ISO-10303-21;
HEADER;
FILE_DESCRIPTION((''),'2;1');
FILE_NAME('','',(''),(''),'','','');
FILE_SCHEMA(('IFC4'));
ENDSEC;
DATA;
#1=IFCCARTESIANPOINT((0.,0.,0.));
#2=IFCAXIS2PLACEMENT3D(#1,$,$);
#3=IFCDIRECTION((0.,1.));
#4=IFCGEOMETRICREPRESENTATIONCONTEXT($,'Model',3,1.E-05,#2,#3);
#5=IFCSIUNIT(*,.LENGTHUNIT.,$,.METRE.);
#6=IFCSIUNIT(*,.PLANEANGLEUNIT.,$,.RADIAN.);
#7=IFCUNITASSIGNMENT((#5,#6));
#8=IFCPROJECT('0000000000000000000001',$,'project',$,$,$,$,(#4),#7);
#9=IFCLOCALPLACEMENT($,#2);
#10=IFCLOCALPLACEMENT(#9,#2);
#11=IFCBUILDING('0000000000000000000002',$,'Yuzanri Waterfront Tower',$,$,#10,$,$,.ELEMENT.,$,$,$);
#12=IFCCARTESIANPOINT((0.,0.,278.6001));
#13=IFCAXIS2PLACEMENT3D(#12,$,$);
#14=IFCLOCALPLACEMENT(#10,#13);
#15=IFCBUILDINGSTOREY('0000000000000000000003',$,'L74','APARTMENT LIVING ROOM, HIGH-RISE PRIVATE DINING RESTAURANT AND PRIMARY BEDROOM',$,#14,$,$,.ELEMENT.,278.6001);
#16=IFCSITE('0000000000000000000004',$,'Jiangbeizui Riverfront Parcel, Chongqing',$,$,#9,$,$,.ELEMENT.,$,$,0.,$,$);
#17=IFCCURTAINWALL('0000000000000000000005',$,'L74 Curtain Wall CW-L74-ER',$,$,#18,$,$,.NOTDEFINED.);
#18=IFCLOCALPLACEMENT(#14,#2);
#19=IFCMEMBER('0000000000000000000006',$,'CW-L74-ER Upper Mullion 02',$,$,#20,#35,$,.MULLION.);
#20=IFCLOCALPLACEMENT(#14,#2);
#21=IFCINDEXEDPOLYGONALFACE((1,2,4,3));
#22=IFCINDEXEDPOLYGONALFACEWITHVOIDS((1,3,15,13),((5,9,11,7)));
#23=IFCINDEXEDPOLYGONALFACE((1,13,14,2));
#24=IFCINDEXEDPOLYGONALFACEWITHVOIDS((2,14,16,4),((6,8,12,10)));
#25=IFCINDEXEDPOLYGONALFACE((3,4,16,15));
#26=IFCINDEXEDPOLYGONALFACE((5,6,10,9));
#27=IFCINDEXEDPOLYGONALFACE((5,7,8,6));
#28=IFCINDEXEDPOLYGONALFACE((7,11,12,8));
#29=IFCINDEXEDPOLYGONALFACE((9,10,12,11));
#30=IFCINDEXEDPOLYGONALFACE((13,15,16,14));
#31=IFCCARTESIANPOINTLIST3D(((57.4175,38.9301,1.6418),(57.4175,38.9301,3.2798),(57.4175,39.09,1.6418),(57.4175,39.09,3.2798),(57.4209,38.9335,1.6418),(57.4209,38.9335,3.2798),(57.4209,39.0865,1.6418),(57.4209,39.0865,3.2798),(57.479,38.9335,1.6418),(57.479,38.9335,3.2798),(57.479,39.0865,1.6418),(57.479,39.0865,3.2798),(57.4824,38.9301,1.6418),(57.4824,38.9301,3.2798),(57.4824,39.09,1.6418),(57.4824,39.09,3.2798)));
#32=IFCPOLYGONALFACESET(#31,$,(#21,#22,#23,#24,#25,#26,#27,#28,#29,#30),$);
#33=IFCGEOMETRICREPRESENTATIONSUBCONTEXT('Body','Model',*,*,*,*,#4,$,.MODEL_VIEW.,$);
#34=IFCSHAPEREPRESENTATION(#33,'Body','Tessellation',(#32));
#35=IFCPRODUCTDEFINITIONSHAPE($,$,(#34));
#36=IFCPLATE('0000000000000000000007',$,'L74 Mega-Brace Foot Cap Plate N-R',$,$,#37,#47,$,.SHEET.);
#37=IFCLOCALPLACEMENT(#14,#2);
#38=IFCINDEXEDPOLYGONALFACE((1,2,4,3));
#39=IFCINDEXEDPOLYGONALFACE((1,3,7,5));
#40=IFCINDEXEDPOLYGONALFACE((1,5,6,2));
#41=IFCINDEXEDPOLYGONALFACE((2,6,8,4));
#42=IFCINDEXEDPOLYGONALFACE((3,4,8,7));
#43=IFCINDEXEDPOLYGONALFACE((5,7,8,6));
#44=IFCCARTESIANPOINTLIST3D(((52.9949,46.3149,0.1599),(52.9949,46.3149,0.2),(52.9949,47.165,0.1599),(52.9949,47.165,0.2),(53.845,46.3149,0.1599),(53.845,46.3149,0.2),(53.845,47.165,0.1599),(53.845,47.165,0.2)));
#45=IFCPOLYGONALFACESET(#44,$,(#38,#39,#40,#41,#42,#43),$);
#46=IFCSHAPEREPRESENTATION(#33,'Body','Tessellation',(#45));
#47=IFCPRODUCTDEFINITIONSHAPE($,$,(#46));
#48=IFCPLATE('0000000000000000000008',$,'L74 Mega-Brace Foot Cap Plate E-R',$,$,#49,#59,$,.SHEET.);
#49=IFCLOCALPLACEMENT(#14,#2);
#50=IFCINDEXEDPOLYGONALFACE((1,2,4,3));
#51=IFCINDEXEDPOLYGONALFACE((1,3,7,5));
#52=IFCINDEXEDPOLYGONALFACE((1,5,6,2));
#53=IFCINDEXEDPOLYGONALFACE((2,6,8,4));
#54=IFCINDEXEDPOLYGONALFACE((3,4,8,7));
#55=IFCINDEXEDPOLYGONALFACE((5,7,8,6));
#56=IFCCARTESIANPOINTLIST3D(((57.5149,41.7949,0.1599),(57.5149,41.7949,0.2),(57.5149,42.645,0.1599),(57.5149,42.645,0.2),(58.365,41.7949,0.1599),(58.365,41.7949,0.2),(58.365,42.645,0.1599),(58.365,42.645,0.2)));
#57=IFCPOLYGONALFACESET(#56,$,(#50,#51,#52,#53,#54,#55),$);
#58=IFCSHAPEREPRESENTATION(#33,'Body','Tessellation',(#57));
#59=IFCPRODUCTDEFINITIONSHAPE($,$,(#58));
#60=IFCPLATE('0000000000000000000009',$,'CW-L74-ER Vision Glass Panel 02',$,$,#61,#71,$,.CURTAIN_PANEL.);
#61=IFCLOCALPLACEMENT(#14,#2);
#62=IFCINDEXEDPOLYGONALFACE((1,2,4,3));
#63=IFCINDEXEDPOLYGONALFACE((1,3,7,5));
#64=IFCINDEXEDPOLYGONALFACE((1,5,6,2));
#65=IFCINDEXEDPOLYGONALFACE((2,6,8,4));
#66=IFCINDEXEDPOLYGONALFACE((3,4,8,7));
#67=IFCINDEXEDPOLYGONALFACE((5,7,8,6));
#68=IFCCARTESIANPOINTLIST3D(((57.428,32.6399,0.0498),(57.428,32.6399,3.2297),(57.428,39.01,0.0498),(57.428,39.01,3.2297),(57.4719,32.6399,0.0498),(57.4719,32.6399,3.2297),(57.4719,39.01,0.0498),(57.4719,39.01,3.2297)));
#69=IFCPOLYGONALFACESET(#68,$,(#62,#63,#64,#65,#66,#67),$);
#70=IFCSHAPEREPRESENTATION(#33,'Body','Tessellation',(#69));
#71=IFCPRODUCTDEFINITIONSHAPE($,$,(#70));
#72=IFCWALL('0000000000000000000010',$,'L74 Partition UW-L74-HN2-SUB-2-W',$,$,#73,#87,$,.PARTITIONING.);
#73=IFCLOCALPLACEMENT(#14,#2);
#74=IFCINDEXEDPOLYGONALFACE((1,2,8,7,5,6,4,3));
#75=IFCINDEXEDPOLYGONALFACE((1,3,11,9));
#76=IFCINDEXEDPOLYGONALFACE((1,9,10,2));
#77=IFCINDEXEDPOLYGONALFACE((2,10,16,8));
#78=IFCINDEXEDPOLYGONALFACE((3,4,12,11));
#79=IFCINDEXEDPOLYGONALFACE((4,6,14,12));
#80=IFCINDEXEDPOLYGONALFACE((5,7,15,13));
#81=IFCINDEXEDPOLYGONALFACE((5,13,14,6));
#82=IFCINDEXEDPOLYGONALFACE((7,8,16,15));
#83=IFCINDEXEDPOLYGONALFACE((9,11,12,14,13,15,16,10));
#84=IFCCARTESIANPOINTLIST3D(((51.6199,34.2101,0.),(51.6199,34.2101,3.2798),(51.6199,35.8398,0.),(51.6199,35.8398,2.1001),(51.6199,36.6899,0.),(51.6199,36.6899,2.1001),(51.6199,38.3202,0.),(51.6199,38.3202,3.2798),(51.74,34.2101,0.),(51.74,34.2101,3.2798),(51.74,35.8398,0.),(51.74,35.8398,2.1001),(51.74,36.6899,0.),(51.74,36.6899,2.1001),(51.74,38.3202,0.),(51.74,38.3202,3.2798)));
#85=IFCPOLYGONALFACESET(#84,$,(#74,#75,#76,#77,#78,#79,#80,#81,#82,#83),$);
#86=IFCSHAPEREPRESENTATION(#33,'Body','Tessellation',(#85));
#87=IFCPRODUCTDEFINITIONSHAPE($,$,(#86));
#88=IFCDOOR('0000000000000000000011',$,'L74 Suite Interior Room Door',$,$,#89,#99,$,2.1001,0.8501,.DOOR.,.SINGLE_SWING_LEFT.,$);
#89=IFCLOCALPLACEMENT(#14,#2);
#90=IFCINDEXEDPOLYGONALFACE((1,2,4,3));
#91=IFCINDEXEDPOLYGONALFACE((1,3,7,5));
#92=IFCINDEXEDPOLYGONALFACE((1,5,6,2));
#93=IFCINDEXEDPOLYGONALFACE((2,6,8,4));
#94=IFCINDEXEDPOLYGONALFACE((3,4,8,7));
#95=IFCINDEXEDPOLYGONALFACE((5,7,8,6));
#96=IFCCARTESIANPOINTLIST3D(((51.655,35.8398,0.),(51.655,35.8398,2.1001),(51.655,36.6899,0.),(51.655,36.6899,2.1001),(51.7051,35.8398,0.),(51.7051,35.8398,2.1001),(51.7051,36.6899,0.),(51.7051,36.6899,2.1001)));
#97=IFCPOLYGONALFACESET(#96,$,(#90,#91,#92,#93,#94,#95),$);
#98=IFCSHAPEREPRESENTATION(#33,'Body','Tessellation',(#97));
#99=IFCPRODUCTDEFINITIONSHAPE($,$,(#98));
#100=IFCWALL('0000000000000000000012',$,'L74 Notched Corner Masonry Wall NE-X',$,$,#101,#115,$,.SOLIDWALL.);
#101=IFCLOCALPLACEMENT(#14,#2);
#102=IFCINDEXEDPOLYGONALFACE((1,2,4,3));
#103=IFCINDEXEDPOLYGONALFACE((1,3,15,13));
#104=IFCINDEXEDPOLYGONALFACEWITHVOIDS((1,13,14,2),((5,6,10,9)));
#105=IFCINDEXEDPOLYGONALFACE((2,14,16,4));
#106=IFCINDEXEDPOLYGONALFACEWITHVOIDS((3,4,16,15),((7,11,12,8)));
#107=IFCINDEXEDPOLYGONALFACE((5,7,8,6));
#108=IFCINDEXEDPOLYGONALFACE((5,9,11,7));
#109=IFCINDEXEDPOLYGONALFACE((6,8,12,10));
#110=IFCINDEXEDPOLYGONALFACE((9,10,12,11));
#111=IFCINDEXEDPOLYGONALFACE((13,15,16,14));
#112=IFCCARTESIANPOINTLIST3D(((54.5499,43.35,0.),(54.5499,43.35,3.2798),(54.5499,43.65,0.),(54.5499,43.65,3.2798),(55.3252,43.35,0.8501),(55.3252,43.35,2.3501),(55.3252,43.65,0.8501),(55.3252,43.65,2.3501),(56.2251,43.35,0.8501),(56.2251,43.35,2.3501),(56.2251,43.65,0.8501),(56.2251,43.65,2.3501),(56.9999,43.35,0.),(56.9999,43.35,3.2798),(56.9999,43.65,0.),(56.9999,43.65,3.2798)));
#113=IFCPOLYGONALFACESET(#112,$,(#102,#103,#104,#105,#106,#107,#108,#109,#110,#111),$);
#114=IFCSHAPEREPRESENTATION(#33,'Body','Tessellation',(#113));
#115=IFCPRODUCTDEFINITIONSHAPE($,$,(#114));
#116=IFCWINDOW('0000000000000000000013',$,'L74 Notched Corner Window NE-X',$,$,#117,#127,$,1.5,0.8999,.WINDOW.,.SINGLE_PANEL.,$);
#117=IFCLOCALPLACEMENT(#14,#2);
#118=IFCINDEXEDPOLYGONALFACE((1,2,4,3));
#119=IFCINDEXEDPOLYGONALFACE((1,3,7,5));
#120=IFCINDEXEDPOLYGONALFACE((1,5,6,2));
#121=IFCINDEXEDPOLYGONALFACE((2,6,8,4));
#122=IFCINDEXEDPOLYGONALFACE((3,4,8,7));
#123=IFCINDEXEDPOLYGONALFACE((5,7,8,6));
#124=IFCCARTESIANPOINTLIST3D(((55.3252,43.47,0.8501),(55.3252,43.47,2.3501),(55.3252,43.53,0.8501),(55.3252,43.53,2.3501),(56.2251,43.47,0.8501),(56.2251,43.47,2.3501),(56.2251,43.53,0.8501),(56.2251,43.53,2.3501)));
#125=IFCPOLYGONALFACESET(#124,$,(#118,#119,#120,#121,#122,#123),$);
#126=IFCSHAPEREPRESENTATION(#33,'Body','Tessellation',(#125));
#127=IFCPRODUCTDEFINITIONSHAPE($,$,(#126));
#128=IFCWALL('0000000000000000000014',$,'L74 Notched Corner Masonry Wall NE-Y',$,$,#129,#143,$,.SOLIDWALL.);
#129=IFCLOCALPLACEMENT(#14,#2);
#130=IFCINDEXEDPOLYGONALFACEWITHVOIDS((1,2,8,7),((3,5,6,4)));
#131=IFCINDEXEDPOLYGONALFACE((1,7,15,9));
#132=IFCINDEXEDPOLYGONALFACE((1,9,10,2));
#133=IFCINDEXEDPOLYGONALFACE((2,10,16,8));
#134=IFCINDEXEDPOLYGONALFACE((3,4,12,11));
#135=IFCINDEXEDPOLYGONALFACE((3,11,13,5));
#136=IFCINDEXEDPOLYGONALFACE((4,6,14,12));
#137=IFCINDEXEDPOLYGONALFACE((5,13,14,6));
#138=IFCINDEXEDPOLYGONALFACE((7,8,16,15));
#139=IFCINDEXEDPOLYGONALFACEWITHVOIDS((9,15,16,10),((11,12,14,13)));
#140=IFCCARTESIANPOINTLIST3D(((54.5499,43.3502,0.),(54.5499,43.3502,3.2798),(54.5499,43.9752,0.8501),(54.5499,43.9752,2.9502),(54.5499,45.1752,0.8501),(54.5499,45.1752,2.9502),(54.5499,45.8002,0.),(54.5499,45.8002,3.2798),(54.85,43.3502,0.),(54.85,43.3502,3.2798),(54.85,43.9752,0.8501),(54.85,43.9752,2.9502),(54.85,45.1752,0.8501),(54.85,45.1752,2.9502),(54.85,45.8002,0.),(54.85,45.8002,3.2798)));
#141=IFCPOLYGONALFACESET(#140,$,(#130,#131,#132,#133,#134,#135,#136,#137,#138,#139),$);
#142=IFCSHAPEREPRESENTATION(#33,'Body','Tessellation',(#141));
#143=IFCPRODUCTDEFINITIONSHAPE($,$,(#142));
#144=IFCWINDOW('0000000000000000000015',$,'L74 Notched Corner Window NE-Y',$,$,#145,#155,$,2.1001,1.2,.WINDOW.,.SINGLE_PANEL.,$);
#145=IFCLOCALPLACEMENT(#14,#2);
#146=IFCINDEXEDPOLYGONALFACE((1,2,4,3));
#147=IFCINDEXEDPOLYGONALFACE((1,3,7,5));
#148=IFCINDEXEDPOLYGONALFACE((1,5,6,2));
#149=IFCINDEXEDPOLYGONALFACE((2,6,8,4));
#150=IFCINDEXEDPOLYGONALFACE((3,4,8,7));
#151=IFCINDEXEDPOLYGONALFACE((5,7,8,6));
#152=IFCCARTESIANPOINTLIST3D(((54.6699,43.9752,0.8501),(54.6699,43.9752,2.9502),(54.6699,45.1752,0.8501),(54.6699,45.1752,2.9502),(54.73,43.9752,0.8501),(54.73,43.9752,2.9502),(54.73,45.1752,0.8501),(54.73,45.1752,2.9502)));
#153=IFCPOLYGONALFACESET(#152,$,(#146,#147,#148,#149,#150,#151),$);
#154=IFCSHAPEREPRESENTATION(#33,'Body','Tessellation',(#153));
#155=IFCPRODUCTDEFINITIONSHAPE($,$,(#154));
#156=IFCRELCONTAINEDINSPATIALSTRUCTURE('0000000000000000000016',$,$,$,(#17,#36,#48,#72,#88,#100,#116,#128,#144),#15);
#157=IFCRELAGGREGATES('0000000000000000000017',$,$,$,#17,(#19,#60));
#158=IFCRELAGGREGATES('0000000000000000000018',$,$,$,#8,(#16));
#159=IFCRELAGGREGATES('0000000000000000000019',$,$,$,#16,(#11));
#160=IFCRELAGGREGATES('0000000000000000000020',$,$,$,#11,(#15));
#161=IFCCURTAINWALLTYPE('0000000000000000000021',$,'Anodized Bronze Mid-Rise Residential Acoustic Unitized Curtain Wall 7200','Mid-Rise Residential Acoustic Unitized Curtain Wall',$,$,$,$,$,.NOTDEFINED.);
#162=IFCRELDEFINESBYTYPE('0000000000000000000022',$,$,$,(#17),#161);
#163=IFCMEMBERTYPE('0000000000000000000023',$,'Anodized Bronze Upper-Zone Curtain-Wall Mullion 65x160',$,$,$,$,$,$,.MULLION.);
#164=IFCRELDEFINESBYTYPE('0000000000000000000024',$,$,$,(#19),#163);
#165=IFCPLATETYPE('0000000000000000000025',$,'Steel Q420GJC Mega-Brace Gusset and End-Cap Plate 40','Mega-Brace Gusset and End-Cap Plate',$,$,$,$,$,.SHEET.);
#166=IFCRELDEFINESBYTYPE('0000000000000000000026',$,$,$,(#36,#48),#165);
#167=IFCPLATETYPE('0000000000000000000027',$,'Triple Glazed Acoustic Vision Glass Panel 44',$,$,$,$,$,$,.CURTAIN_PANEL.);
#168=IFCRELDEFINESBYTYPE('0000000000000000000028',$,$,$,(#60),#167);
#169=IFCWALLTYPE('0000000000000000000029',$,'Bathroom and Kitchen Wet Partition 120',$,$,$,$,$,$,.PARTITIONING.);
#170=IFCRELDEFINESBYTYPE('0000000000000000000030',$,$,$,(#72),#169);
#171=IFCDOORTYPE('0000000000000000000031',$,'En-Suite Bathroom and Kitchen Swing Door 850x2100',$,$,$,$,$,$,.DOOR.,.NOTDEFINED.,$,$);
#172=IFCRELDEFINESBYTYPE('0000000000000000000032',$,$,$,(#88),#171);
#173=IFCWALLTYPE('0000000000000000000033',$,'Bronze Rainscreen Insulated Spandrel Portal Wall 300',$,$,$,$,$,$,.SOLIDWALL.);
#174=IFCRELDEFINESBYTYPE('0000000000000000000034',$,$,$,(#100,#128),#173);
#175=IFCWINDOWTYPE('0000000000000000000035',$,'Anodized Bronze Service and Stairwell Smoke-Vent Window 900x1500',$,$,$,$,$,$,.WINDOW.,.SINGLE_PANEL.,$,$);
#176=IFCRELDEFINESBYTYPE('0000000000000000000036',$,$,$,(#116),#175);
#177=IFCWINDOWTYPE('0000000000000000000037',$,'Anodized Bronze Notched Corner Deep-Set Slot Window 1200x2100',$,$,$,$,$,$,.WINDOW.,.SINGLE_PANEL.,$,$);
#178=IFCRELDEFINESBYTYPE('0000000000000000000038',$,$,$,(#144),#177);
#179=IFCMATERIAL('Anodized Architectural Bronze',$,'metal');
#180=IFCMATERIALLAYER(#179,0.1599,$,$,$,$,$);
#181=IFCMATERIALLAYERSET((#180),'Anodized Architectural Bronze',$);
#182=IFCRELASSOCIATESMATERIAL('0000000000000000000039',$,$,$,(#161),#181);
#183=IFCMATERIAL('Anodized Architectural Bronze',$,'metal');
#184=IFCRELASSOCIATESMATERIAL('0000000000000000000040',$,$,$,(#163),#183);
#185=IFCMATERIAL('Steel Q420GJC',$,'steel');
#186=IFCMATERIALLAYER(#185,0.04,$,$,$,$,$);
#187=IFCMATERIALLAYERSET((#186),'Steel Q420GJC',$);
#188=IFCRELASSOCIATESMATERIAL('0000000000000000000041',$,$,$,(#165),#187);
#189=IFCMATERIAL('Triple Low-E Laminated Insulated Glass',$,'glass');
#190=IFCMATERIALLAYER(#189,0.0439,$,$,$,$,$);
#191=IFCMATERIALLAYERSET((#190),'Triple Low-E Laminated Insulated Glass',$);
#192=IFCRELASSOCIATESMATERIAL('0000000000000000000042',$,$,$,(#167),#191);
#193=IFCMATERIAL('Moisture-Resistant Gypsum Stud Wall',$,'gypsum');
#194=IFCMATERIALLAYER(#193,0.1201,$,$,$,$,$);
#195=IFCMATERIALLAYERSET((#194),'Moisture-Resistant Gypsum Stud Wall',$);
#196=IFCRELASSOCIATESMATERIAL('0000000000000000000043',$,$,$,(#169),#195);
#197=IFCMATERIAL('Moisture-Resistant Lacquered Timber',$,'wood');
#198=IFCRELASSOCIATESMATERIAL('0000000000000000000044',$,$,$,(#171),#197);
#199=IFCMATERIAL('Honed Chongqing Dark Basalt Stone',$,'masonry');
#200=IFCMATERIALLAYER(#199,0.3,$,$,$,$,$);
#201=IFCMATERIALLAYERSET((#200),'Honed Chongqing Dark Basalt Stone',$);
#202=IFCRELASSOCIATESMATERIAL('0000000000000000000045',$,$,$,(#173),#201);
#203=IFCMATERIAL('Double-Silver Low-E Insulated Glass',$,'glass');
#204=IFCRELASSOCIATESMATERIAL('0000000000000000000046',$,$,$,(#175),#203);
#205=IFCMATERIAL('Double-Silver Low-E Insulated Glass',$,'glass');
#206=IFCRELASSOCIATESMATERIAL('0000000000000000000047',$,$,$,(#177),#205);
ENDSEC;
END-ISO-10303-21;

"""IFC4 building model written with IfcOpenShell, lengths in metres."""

from ifc_helpers import new_model, si_unit, direction, frame, frame_2d, origin, origin_2d, place, context, subcontext, project, spatial, rectangle, hollow_rectangle, extrude, source, transform, mapped, material, layer, layer_set, material_profile, profile_set, type_object, element, fill, aggregate, save


model = new_model("IFC4")

# Units and contexts
model_context = context("Model", 3, precision=1e-05, world=origin(), true_north=direction((0.0, 1.0)))
body_context = subcontext(model_context, "Body", "Model", "MODEL_VIEW")
ifc_project = project(units=[si_unit("LENGTHUNIT", "METRE"), si_unit("PLANEANGLEUNIT", "RADIAN")], contexts=[model_context])

# Site, building, storey
site_placement = place(None, origin())
site = spatial("IfcSite", under=ifc_project, at=site_placement, Name="Jiangbeizui Riverfront Parcel, Chongqing", CompositionType="ELEMENT", RefElevation=0.0)
building_placement = place(site_placement, origin())
building = spatial("IfcBuilding", under=site, at=building_placement, Name="Yuzanri Waterfront Tower", CompositionType="ELEMENT")
storey_placement = place(building_placement, frame((0.0, 0.0, 278.6001)))
storey = spatial("IfcBuildingStorey", under=building, at=storey_placement, Name="L74", Description="APARTMENT LIVING ROOM, HIGH-RISE PRIVATE DINING RESTAURANT AND PRIMARY BEDROOM", CompositionType="ELEMENT", Elevation=278.6001)

# Curtain wall, member
ifc_material_1 = material(Name="Anodized Architectural Bronze", Category="metal")
ifc_layer_1 = layer(ifc_material_1, 0.1599)
ifc_layer_set_1 = layer_set([ifc_layer_1], Name="Anodized Architectural Bronze")
curtain_wall_type = type_object("IfcCurtainWallType", Name="Anodized Bronze Mid-Rise Residential Acoustic Unitized Curtain Wall 7200", Description="Mid-Rise Residential Acoustic Unitized Curtain Wall", PredefinedType="NOTDEFINED", material=ifc_layer_set_1)
curtain_wall_placement = place(storey_placement, origin())
curtain_wall = element("IfcCurtainWall", 1, at=curtain_wall_placement, inside=storey, type_object=curtain_wall_type, Name="L74 Curtain Wall CW-L74-ER", PredefinedType="NOTDEFINED")
ifc_material_2 = material(Name="Anodized Architectural Bronze", Category="metal")
ifc_material_profile_1 = material_profile(ifc_material_2, hollow_rectangle(XDim=0.0649, YDim=0.1599, WallThickness=0.0034, at=origin_2d()), Name="CWM 65x160")
ifc_profile_set_1 = profile_set([ifc_material_profile_1], Name="Anodized Architectural Bronze")
member_type_1 = type_object("IfcMemberType", Name="Anodized Bronze Upper-Zone Curtain-Wall Mullion 65x160", PredefinedType="MULLION", material=ifc_profile_set_1)
shared_shape_1 = source(origin(), body_context, "Body", "SweptSolid", [
    extrude(hollow_rectangle(XDim=0.0649, YDim=0.1599, WallThickness=0.0034, at=origin_2d()), origin(), (0.0, 0.0, 1.0), 1.6379),
])
member_1_placement = place(storey_placement, frame((57.45, 39.01, 1.6418), z_axis=(0.0, 0.0, 1.0), x_axis=(1.0, 0.0, 0.0)))
member_1 = element("IfcMember", 2, at=member_1_placement, type_object=member_type_1, Name="CW-L74-ER Upper Mullion 02", PredefinedType="MULLION", context=body_context, shape_type="MappedRepresentation", body=[
    mapped(shared_shape_1, transform((0.0, 0.0, 0.0), scale=1.0)),
])

# Plates
ifc_material_3 = material(Name="Steel Q420GJC", Category="steel")
ifc_layer_2 = layer(ifc_material_3, 0.04)
ifc_layer_set_2 = layer_set([ifc_layer_2], Name="Steel Q420GJC")
plate_type_1 = type_object("IfcPlateType", Name="Steel Q420GJC Mega-Brace Gusset and End-Cap Plate 40", Description="Mega-Brace Gusset and End-Cap Plate", PredefinedType="SHEET", material=ifc_layer_set_2)
shared_shape_2 = source(origin(), body_context, "Body", "SweptSolid", [
    extrude(rectangle(XDim=0.8501, YDim=0.8501, at=origin_2d()), origin(), (0.0, 0.0, 1.0), 0.04),
])
for number, where, z_axis, x_axis, name in (
    (3, (53.4199, 46.74, 0.1599), (0.0, 0.0, 1.0), (1.0, 0.0, 0.0), "L74 Mega-Brace Foot Cap Plate N-R"),
    (4, (57.9399, 42.22, 0.1599), (0.0, 0.0, 1.0), (1.0, 0.0, 0.0), "L74 Mega-Brace Foot Cap Plate E-R"),
):
    element("IfcPlate", number, at=place(storey_placement, frame(where, z_axis=z_axis, x_axis=x_axis)), inside=storey, type_object=plate_type_1, Name=name, PredefinedType="SHEET", context=body_context, shape_type="MappedRepresentation", body=[
        mapped(shared_shape_2, transform((0.0, 0.0, 0.0), scale=1.0)),
    ])

# Plate
ifc_material_4 = material(Name="Triple Low-E Laminated Insulated Glass", Category="glass")
ifc_layer_3 = layer(ifc_material_4, 0.0439)
ifc_layer_set_3 = layer_set([ifc_layer_3], Name="Triple Low-E Laminated Insulated Glass")
plate_type_2 = type_object("IfcPlateType", Name="Triple Glazed Acoustic Vision Glass Panel 44", PredefinedType="CURTAIN_PANEL", material=ifc_layer_set_3)
shared_shape_3 = source(origin(), body_context, "Body", "SweptSolid", [
    extrude(rectangle(XDim=6.3701, YDim=0.0439, at=origin_2d()), origin(), (0.0, 0.0, 1.0), 3.1799),
])
plate_placement = place(storey_placement, frame((57.45, 35.825, 0.0498), z_axis=(0.0, 0.0, 1.0), x_axis=(0.0, 1.0, 0.0)))
plate = element("IfcPlate", 5, at=plate_placement, type_object=plate_type_2, Name="CW-L74-ER Vision Glass Panel 02", PredefinedType="CURTAIN_PANEL", context=body_context, shape_type="MappedRepresentation", body=[
    mapped(shared_shape_3, transform((0.0, 0.0, 0.0), scale=1.0)),
])
aggregate(curtain_wall, [member_1, plate])

# Wall, opening, door
ifc_material_5 = material(Name="Moisture-Resistant Gypsum Stud Wall", Category="gypsum")
ifc_layer_4 = layer(ifc_material_5, 0.1201)
ifc_layer_set_4 = layer_set([ifc_layer_4], Name="Moisture-Resistant Gypsum Stud Wall")
wall_type_1 = type_object("IfcWallType", Name="Bathroom and Kitchen Wet Partition 120", PredefinedType="PARTITIONING", material=ifc_layer_set_4)
wall_1_placement = place(storey_placement, frame((51.6799, 34.21, 0.0), z_axis=(0.0, 0.0, 1.0), x_axis=(0.0, 1.0, 0.0)))
wall_1 = element("IfcWall", 6, at=wall_1_placement, inside=storey, type_object=wall_type_1, Name="L74 Partition UW-L74-HN2-SUB-2-W", PredefinedType="PARTITIONING", context=body_context, shape_type="SweptSolid", body=[
    extrude(rectangle(XDim=4.1101, YDim=0.1201, at=frame_2d((2.0552, 0.0))), origin(), (0.0, 0.0, 1.0), 3.2798),
])
opening_1_placement = place(wall_1_placement, frame((1.6299, 0.0, 0.0)))
opening_1 = element("IfcOpeningElement", 7, at=opening_1_placement, cuts=wall_1, PredefinedType="OPENING", context=body_context, shape_type="SweptSolid", body=[
    extrude(rectangle(XDim=0.8501, YDim=2.1001, at=frame_2d((0.425, 1.05))), frame((0.0, 0.075, 0.0), z_axis=(0.0, -1.0, 0.0), x_axis=(1.0, 0.0, 0.0)), (0.0, 0.0, 1.0), 0.1499),
])
ifc_material_6 = material(Name="Moisture-Resistant Lacquered Timber", Category="wood")
door_type = type_object("IfcDoorType", Name="En-Suite Bathroom and Kitchen Swing Door 850x2100", OperationType="NOTDEFINED", PredefinedType="DOOR", material=ifc_material_6)
shared_shape_4 = source(origin(), body_context, "Body", "SweptSolid", [
    extrude(rectangle(XDim=0.8501, YDim=2.1001, at=frame_2d((0.425, 1.05))), frame((0.0, 0.0249, 0.0), z_axis=(0.0, -1.0, 0.0), x_axis=(1.0, 0.0, 0.0)), (0.0, 0.0, 1.0), 0.05),
])
door_placement = place(opening_1_placement, origin())
door = element("IfcDoor", 8, at=door_placement, inside=storey, type_object=door_type, Name="L74 Suite Interior Room Door", OperationType="SINGLE_SWING_LEFT", OverallHeight=2.1001, OverallWidth=0.8501, PredefinedType="DOOR", context=body_context, shape_type="MappedRepresentation", body=[
    mapped(shared_shape_4, transform((0.0, 0.0, 0.0), scale=1.0)),
])
fill(opening_1, door)

# Walls, openings, windows
ifc_material_7 = material(Name="Honed Chongqing Dark Basalt Stone", Category="masonry")
ifc_layer_5 = layer(ifc_material_7, 0.3)
ifc_layer_set_5 = layer_set([ifc_layer_5], Name="Honed Chongqing Dark Basalt Stone")
wall_type_2 = type_object("IfcWallType", Name="Bronze Rainscreen Insulated Spandrel Portal Wall 300", PredefinedType="SOLIDWALL", material=ifc_layer_set_5)
wall_2_placement = place(storey_placement, frame((57.0, 43.5, 0.0), z_axis=(0.0, 0.0, 1.0), x_axis=(-1.0, 0.0, 0.0)))
wall_2 = element("IfcWall", 9, at=wall_2_placement, inside=storey, type_object=wall_type_2, Name="L74 Notched Corner Masonry Wall NE-X", PredefinedType="SOLIDWALL", context=body_context, shape_type="SweptSolid", body=[
    extrude(rectangle(XDim=2.45, YDim=0.3, at=frame_2d((1.2251, 0.0))), origin(), (0.0, 0.0, 1.0), 3.2798),
])
opening_2_placement = place(wall_2_placement, frame((0.7749, 0.0, 0.8501)))
opening_2 = element("IfcOpeningElement", 10, at=opening_2_placement, cuts=wall_2, PredefinedType="OPENING", context=body_context, shape_type="SweptSolid", body=[
    extrude(rectangle(XDim=0.8999, YDim=1.5, at=frame_2d((0.45, 0.75))), frame((0.0, 0.165, 0.0), z_axis=(0.0, -1.0, 0.0), x_axis=(1.0, 0.0, 0.0)), (0.0, 0.0, 1.0), 0.3298),
])
ifc_material_8 = material(Name="Double-Silver Low-E Insulated Glass", Category="glass")
window_type_1 = type_object("IfcWindowType", Name="Anodized Bronze Service and Stairwell Smoke-Vent Window 900x1500", PartitioningType="SINGLE_PANEL", PredefinedType="WINDOW", material=ifc_material_8)
shared_shape_5 = source(origin(), body_context, "Body", "SweptSolid", [
    extrude(rectangle(XDim=0.8999, YDim=1.5, at=frame_2d((0.45, 0.75))), frame((0.0, 0.03, 0.0), z_axis=(0.0, -1.0, 0.0), x_axis=(1.0, 0.0, 0.0)), (0.0, 0.0, 1.0), 0.0601),
])
window_1_placement = place(opening_2_placement, origin())
window_1 = element("IfcWindow", 11, at=window_1_placement, inside=storey, type_object=window_type_1, Name="L74 Notched Corner Window NE-X", OverallHeight=1.5, OverallWidth=0.8999, PartitioningType="SINGLE_PANEL", PredefinedType="WINDOW", context=body_context, shape_type="MappedRepresentation", body=[
    mapped(shared_shape_5, transform((0.0, 0.0, 0.0), scale=1.0)),
])
fill(opening_2, window_1)
wall_3_placement = place(storey_placement, frame((54.7, 43.3501, 0.0), z_axis=(0.0, 0.0, 1.0), x_axis=(0.0, 1.0, 0.0)))
wall_3 = element("IfcWall", 12, at=wall_3_placement, inside=storey, type_object=wall_type_2, Name="L74 Notched Corner Masonry Wall NE-Y", PredefinedType="SOLIDWALL", context=body_context, shape_type="SweptSolid", body=[
    extrude(rectangle(XDim=2.45, YDim=0.3, at=frame_2d((1.2251, 0.0))), origin(), (0.0, 0.0, 1.0), 3.2798),
])
opening_3_placement = place(wall_3_placement, frame((0.625, 0.0, 0.8501)))
opening_3 = element("IfcOpeningElement", 13, at=opening_3_placement, cuts=wall_3, PredefinedType="OPENING", context=body_context, shape_type="SweptSolid", body=[
    extrude(rectangle(XDim=1.2, YDim=2.1001, at=frame_2d((0.6001, 1.05))), frame((0.0, 0.165, 0.0), z_axis=(0.0, -1.0, 0.0), x_axis=(1.0, 0.0, 0.0)), (0.0, 0.0, 1.0), 0.3298),
])
ifc_material_9 = material(Name="Double-Silver Low-E Insulated Glass", Category="glass")
window_type_2 = type_object("IfcWindowType", Name="Anodized Bronze Notched Corner Deep-Set Slot Window 1200x2100", PartitioningType="SINGLE_PANEL", PredefinedType="WINDOW", material=ifc_material_9)
shared_shape_6 = source(origin(), body_context, "Body", "SweptSolid", [
    extrude(rectangle(XDim=1.2, YDim=2.1001, at=frame_2d((0.6001, 1.05))), frame((0.0, 0.03, 0.0), z_axis=(0.0, -1.0, 0.0), x_axis=(1.0, 0.0, 0.0)), (0.0, 0.0, 1.0), 0.0601),
])
window_2_placement = place(opening_3_placement, origin())
window_2 = element("IfcWindow", 14, at=window_2_placement, inside=storey, type_object=window_type_2, Name="L74 Notched Corner Window NE-Y", OverallHeight=2.1001, OverallWidth=1.2, PartitioningType="SINGLE_PANEL", PredefinedType="WINDOW", context=body_context, shape_type="MappedRepresentation", body=[
    mapped(shared_shape_6, transform((0.0, 0.0, 0.0), scale=1.0)),
])
fill(opening_3, window_2)

save(model, "model.ifc")
